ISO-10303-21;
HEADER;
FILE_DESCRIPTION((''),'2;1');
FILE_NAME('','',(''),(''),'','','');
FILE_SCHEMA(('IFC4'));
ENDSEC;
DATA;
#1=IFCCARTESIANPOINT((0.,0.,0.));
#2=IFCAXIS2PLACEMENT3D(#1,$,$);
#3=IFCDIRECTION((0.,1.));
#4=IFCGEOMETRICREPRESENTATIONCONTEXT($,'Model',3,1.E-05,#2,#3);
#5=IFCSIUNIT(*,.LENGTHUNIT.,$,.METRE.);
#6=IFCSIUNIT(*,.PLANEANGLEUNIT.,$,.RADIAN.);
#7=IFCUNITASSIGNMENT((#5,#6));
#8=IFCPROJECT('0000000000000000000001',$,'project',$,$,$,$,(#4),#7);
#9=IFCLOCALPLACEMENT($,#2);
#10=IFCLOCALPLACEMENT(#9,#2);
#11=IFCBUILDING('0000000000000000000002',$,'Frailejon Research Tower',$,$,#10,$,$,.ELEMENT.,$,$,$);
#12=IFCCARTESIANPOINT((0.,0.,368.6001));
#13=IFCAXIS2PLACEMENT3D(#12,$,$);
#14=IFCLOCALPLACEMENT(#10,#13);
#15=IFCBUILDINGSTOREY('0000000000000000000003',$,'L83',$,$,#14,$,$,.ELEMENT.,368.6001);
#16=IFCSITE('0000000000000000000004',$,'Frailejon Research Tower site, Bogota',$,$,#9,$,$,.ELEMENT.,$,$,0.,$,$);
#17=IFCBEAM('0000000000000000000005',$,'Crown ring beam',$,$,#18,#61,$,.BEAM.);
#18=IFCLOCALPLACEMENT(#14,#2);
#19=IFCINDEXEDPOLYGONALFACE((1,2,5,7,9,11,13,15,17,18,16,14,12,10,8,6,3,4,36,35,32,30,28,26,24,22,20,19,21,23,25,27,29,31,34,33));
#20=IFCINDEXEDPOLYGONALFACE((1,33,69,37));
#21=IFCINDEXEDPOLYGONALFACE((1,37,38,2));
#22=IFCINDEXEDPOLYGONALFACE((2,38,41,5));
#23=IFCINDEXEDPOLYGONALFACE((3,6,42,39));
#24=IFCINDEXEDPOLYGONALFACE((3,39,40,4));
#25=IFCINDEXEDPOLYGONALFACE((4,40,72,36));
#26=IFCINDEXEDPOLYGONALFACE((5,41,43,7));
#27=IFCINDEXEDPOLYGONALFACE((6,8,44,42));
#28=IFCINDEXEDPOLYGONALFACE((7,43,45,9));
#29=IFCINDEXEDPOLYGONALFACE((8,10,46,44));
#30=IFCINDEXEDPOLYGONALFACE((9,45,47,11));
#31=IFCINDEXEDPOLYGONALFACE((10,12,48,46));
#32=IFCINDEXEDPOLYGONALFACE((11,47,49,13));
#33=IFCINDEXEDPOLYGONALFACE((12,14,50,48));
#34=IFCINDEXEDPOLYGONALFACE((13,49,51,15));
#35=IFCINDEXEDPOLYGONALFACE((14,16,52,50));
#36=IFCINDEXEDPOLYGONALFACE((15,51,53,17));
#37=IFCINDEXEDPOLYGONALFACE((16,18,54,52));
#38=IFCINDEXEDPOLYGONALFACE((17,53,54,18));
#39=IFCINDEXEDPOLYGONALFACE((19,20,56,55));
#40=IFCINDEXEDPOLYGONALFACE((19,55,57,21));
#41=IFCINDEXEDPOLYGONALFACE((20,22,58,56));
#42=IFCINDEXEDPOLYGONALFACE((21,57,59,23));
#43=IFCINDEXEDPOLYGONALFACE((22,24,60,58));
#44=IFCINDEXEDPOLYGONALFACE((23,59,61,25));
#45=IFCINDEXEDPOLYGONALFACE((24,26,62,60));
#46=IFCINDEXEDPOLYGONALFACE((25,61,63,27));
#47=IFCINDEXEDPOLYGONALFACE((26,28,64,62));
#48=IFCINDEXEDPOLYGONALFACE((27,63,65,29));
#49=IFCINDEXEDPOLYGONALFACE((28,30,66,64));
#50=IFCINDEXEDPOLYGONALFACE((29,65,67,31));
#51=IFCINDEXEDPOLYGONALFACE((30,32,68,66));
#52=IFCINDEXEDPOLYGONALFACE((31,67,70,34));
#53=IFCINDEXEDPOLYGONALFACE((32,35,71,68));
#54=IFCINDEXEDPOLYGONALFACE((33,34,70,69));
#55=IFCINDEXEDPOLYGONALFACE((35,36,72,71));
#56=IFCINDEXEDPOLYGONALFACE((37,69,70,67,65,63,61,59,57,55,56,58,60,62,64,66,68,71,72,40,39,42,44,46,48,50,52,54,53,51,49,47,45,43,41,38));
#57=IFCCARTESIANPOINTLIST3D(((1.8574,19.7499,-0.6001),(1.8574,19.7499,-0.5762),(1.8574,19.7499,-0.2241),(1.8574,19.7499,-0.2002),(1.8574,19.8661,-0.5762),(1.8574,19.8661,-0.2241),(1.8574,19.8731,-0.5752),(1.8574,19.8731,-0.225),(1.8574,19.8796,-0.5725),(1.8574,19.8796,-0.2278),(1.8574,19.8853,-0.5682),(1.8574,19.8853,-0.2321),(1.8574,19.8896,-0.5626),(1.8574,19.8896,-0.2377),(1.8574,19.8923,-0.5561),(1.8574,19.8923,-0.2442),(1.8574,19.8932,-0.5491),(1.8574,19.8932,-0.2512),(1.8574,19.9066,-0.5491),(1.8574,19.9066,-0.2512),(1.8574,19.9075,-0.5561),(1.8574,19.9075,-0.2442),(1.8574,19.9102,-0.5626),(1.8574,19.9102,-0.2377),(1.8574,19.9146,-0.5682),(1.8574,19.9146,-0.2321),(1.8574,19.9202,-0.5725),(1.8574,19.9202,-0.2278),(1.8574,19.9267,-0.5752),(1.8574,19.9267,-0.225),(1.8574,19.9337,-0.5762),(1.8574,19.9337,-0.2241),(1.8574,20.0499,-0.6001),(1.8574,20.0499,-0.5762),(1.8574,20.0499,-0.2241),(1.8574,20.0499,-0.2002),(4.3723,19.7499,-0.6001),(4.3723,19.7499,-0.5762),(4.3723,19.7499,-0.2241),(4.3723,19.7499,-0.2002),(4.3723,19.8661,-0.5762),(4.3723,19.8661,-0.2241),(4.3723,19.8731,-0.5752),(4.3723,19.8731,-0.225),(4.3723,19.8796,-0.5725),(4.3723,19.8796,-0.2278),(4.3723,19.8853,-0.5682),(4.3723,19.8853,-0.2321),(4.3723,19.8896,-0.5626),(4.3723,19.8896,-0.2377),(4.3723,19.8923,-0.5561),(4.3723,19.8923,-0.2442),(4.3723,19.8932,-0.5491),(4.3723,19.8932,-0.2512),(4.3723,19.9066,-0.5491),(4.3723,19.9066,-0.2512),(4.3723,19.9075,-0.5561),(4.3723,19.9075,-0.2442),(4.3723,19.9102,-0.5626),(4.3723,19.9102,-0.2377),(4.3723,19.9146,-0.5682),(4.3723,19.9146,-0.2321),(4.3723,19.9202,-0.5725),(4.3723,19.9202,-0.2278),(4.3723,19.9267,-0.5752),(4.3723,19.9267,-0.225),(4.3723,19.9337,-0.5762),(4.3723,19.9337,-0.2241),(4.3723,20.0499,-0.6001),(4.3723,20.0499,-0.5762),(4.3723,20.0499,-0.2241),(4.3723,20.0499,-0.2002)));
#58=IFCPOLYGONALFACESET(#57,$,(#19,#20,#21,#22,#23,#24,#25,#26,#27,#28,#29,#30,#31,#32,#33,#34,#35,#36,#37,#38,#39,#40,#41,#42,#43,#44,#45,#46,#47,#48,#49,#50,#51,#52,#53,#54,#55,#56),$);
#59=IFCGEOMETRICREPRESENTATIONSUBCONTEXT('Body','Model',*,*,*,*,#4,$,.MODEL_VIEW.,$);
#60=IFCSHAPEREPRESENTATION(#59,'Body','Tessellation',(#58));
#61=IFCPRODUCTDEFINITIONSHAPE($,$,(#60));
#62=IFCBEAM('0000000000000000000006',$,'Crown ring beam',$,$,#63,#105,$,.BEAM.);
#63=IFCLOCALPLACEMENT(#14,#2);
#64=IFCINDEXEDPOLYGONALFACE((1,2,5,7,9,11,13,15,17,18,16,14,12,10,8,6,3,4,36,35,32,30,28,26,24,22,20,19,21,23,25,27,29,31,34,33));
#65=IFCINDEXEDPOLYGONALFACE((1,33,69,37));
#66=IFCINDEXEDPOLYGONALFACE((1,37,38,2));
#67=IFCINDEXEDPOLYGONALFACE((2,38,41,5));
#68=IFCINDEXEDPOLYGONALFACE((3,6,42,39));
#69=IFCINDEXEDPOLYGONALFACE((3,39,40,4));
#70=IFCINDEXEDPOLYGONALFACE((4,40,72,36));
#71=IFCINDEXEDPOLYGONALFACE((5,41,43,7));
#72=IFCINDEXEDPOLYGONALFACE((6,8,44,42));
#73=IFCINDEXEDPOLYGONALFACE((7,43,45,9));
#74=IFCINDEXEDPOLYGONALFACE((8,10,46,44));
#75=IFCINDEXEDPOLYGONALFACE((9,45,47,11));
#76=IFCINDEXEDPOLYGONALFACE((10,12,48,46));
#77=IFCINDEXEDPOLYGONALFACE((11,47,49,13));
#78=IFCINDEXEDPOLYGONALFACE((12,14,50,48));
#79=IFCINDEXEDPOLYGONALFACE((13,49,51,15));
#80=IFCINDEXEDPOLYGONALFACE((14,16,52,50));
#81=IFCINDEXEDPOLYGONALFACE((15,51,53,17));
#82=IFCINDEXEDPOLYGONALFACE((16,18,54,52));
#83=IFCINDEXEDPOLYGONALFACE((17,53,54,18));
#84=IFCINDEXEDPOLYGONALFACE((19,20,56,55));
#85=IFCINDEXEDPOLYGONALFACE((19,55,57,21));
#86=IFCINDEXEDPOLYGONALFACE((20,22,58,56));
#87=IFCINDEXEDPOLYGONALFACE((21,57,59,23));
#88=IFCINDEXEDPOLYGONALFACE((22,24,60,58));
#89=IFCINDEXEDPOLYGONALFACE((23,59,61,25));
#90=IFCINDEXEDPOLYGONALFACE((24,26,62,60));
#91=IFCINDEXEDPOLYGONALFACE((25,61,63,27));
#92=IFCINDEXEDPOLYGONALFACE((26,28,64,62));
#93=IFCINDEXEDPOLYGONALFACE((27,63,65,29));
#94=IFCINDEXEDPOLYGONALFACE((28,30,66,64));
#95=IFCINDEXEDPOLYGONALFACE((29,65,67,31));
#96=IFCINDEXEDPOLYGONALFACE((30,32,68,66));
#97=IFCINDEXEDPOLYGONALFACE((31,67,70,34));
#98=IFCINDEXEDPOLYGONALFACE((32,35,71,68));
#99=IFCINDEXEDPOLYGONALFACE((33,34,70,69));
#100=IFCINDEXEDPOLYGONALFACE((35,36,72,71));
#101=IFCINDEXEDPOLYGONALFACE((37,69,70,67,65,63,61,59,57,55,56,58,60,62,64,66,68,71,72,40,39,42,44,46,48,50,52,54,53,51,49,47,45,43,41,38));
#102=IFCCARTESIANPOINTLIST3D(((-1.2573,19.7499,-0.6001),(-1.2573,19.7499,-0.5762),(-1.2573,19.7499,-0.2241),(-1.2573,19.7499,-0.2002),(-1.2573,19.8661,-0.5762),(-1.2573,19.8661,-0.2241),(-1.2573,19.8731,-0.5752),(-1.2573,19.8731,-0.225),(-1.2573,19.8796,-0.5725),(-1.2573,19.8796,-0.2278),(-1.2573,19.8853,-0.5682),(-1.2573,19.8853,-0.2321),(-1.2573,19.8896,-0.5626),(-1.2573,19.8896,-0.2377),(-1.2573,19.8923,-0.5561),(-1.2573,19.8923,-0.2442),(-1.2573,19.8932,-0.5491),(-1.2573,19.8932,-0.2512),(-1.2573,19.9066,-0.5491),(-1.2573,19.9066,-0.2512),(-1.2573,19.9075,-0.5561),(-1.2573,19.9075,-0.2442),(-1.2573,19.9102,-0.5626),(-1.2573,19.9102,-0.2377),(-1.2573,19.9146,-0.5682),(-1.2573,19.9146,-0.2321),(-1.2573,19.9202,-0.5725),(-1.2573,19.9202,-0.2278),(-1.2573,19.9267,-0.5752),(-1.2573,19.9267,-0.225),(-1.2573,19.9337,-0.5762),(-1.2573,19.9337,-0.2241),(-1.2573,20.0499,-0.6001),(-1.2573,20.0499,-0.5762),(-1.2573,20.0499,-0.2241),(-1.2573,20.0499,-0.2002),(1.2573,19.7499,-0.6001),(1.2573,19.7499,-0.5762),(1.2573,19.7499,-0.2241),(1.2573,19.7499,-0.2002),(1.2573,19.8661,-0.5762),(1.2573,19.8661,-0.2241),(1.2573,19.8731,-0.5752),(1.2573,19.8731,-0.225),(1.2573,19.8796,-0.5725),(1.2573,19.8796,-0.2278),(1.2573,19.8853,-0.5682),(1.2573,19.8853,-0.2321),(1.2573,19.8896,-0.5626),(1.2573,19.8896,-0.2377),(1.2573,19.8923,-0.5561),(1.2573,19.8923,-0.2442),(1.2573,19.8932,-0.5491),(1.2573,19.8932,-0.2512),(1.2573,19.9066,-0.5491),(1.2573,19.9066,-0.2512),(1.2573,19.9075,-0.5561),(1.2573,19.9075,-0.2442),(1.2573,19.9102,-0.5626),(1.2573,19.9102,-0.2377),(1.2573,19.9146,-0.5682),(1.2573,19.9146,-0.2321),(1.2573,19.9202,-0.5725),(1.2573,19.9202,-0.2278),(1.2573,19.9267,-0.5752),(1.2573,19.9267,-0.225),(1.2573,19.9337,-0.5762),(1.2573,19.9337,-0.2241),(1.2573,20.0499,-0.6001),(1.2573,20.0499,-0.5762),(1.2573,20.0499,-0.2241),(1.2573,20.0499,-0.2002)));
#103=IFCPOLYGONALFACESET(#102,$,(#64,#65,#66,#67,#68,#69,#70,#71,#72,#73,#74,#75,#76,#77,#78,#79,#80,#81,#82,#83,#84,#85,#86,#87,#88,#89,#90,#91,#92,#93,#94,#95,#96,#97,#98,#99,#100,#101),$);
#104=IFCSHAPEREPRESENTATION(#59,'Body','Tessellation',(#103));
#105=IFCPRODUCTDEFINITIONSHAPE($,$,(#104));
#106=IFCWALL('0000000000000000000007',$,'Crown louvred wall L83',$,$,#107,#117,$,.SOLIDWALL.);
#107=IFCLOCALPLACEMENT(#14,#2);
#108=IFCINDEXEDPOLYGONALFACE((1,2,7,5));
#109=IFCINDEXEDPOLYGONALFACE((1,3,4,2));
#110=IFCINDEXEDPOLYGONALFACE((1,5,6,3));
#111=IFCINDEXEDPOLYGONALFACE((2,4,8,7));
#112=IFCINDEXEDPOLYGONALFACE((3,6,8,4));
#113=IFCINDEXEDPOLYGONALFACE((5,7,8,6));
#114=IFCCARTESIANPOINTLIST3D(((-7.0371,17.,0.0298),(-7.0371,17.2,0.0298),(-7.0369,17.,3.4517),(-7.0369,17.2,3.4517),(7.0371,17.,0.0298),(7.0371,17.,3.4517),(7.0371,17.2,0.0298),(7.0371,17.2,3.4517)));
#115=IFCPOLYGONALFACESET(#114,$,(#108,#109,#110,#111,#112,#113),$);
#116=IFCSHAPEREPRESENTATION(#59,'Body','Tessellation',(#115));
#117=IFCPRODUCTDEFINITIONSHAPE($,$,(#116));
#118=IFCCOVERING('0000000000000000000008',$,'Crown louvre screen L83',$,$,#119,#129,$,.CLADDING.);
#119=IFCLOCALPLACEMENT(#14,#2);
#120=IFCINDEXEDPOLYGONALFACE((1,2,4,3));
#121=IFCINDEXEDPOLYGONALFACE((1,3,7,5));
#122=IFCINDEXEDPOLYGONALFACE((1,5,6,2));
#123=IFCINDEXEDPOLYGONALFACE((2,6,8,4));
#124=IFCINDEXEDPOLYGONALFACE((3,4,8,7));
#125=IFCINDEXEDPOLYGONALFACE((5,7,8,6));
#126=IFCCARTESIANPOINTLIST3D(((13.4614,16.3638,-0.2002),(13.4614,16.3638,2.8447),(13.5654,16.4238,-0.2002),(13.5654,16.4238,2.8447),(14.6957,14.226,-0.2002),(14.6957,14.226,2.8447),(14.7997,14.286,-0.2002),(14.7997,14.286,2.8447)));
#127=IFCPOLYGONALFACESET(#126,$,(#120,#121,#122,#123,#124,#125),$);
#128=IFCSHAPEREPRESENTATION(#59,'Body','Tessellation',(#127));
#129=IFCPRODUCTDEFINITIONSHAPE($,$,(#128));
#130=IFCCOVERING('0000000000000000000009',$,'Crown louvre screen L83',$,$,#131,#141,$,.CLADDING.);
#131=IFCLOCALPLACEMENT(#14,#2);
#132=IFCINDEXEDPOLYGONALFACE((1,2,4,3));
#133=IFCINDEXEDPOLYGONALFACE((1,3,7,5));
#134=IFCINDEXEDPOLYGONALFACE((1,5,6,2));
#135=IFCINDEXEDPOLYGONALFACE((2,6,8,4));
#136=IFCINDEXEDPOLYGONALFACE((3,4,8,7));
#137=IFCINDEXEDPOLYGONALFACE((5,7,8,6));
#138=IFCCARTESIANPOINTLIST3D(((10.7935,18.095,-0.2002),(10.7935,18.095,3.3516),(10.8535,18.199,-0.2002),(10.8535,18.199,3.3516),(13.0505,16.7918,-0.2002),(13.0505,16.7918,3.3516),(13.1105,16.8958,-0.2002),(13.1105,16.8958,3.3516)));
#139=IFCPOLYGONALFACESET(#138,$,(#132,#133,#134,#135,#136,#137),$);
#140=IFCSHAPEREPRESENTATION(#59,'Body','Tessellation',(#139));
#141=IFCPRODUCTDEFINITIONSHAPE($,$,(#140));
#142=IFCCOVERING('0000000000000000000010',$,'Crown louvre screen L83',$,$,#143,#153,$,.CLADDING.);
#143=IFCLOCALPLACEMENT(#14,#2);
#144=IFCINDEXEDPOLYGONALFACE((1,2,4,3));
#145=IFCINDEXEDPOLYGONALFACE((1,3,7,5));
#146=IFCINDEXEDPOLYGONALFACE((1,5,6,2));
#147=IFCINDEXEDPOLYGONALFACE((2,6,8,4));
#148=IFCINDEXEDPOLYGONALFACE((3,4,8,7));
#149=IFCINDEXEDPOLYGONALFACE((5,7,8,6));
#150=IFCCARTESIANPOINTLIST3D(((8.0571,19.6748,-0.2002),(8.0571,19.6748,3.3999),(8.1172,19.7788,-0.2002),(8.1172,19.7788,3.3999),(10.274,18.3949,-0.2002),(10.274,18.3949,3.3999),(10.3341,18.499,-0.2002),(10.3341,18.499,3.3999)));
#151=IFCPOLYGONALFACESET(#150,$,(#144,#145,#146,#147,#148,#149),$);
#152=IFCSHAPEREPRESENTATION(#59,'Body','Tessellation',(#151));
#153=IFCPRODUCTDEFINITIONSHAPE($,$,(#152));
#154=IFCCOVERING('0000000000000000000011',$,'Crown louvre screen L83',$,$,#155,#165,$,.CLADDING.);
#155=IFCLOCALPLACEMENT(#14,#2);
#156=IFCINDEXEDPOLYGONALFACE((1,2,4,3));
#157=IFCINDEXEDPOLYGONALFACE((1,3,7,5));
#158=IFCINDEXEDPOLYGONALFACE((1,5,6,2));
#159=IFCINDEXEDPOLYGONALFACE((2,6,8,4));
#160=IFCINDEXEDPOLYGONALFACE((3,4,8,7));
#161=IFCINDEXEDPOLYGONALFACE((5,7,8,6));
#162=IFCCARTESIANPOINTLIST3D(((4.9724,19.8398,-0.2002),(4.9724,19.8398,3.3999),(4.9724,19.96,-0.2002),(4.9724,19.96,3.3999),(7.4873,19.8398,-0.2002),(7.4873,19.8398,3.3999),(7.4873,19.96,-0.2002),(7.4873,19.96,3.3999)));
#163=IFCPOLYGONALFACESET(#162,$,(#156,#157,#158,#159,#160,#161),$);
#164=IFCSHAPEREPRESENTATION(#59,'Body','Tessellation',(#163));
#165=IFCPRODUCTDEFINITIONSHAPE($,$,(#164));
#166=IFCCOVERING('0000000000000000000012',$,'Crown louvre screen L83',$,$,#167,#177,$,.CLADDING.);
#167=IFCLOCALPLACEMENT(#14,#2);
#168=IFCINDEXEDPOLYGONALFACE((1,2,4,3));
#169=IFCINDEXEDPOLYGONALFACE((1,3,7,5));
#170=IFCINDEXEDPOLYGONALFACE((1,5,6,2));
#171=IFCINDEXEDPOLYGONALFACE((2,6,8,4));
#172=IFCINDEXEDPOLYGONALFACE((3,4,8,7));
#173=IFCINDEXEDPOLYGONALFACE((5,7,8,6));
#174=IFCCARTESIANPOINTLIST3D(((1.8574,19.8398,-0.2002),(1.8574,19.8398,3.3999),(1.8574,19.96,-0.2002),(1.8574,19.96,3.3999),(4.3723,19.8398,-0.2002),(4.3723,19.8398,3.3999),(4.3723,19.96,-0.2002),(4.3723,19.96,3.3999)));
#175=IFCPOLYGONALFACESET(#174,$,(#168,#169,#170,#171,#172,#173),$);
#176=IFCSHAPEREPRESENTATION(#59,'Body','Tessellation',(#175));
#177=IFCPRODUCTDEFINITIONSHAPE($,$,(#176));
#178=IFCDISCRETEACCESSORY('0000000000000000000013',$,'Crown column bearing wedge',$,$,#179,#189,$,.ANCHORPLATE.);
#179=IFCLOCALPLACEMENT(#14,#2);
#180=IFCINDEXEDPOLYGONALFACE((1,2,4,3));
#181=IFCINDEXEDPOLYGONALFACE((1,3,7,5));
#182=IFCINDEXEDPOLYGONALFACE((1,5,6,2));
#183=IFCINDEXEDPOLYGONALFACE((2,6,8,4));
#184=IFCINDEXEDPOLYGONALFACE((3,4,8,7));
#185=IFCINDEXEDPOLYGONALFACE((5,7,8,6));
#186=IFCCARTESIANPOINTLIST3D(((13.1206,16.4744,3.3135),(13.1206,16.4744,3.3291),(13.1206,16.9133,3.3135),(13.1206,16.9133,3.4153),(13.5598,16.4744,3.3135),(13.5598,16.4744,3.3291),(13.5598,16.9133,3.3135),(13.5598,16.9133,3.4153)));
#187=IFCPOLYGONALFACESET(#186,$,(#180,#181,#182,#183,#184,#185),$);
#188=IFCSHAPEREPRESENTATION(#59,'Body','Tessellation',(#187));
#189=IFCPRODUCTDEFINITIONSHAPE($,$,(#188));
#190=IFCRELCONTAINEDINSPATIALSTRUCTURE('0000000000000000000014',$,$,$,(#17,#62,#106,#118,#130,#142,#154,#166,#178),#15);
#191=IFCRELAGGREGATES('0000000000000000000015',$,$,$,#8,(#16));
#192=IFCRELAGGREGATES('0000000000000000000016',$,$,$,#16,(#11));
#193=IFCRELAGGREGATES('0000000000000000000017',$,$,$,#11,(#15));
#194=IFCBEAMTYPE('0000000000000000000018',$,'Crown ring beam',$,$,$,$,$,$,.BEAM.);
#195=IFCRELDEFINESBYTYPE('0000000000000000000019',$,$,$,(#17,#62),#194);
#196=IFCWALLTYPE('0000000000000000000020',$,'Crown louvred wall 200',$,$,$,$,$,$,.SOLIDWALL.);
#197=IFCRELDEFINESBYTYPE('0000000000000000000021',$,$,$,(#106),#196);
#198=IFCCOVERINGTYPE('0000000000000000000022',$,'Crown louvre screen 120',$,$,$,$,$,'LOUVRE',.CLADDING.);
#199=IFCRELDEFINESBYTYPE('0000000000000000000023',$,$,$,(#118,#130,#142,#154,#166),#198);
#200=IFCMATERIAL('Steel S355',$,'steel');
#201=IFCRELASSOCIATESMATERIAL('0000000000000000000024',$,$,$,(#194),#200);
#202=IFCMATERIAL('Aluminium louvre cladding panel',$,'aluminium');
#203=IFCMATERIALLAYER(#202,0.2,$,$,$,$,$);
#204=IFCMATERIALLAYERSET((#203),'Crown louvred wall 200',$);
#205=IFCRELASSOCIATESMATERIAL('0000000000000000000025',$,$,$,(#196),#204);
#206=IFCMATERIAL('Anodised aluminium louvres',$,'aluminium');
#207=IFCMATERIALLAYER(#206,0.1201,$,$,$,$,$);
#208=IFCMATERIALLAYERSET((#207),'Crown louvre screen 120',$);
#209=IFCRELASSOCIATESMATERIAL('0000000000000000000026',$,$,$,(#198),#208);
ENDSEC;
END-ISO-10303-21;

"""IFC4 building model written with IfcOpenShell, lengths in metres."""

from ifc_helpers import new_model, si_unit, direction, frame, origin, origin_2d, place, context, subcontext, project, spatial, polyline, i_section, outline, extrude, material, layer, layer_set, material_profile, profile_set, type_object, element, save


model = new_model("IFC4")

# Units and contexts
model_context = context("Model", 3, precision=1e-05, world=origin(), true_north=direction((0.0, 1.0)))
body_context = subcontext(model_context, "Body", "Model", "MODEL_VIEW")
ifc_project = project(units=[si_unit("LENGTHUNIT", "METRE"), si_unit("PLANEANGLEUNIT", "RADIAN")], contexts=[model_context])

# Site, building, storey
site_placement = place(None, origin())
site = spatial("IfcSite", under=ifc_project, at=site_placement, Name="Frailejon Research Tower site, Bogota", CompositionType="ELEMENT", RefElevation=0.0)
building_placement = place(site_placement, origin())
building = spatial("IfcBuilding", under=site, at=building_placement, Name="Frailejon Research Tower", CompositionType="ELEMENT")
storey_placement = place(building_placement, frame((0.0, 0.0, 368.6001)))
storey = spatial("IfcBuildingStorey", under=building, at=storey_placement, Name="L83", CompositionType="ELEMENT", Elevation=368.6001)

# Beams
ifc_material_1 = material(Name="Steel S355", Category="steel")
ifc_material_profile_1 = material_profile(ifc_material_1, i_section(OverallWidth=0.3, OverallDepth=0.3999, WebThickness=0.0134, FlangeThickness=0.0239, FilletRadius=0.0271, at=origin_2d()), Name="HE 400 B")
ifc_profile_set_1 = profile_set([ifc_material_profile_1], Name="Steel S355")
beam_type_1 = type_object("IfcBeamType", Name="Crown ring beam", PredefinedType="BEAM", material=ifc_profile_set_1)
for number, where, z_axis, x_axis, name in (
    (1, (4.3723, 19.8999, -0.4001), (-1.0, 0.0, 0.0), (0.0, -1.0, 0.0), "Crown ring beam"),
):
    element("IfcBeam", number, at=place(storey_placement, frame(where, z_axis=z_axis, x_axis=x_axis)), inside=storey, type_object=beam_type_1, Name=name, PredefinedType="BEAM", context=body_context, shape_type="SweptSolid", body=[
        extrude(i_section(OverallWidth=0.3, OverallDepth=0.3999, WebThickness=0.0134, FlangeThickness=0.0239, FilletRadius=0.0271, at=origin_2d()), origin(), (0.0, 0.0, 1.0), 2.5149),
    ])
beam_1_placement = place(storey_placement, frame((1.2573, 19.8999, -0.4001), z_axis=(-1.0, 0.0, 0.0), x_axis=(0.0, -1.0, 0.0)))
element("IfcBeam", 2, at=beam_1_placement, inside=storey, type_object=beam_type_1, Name="Crown ring beam", PredefinedType="BEAM", context=body_context, shape_type="SweptSolid", body=[
    extrude(i_section(OverallWidth=0.3, OverallDepth=0.3999, WebThickness=0.0134, FlangeThickness=0.0239, FilletRadius=0.0271, at=origin_2d()), origin(), (0.0, 0.0, 1.0), 2.5146),
])

# Wall
ifc_material_2 = material(Name="Aluminium louvre cladding panel", Category="aluminium")
ifc_layer_1 = layer(ifc_material_2, 0.2)
ifc_layer_set_1 = layer_set([ifc_layer_1], Name="Crown louvred wall 200")
wall_type = type_object("IfcWallType", Name="Crown louvred wall 200", PredefinedType="SOLIDWALL", material=ifc_layer_set_1)
wall_placement = place(storey_placement, frame((7.0371, 17.1001, 0.0298), z_axis=(0.0, 0.0, 1.0), x_axis=(-1.0, 0.0, 0.0)))
element("IfcWall", 3, at=wall_placement, inside=storey, type_object=wall_type, Name="Crown louvred wall L83", PredefinedType="SOLIDWALL", context=body_context, shape_type="SweptSolid", body=[
    extrude(outline(polyline([(0.0, 0.0), (14.0742, 0.0), (14.074, 3.4219), (0.0, 3.4219), (0.0, 0.0)])), frame((0.0, 0.1001, 0.0), z_axis=(0.0, -1.0, 0.0), x_axis=(1.0, 0.0, 0.0)), (0.0, 0.0, 1.0), 0.2),
])

# Coverings
ifc_material_3 = material(Name="Anodised aluminium louvres", Category="aluminium")
ifc_layer_2 = layer(ifc_material_3, 0.1201)
ifc_layer_set_2 = layer_set([ifc_layer_2], Name="Crown louvre screen 120")
covering_type = type_object("IfcCoveringType", Name="Crown louvre screen 120", ElementType="LOUVRE", PredefinedType="CLADDING", material=ifc_layer_set_2)
covering_1_placement = place(storey_placement, frame((13.5134, 16.3938, -0.2002), z_axis=(0.499999, -0.866026, 0.0), x_axis=(0.866026, 0.499999, 0.0)))
element("IfcCovering", 4, at=covering_1_placement, inside=storey, type_object=covering_type, Name="Crown louvre screen L83", PredefinedType="CLADDING", context=body_context, shape_type="SweptSolid", body=[
    extrude(outline(polyline([(-0.0601, 0.0), (0.0601, 0.0), (0.0601, 3.0449), (-0.0601, 3.0449), (-0.0601, 0.0)])), origin(), (0.0, 0.0, 1.0), 2.4685),
])
covering_2_placement = place(storey_placement, frame((10.8235, 18.147, -0.2002), z_axis=(0.866012, -0.500022, 0.0), x_axis=(0.500022, 0.866012, 0.0)))
element("IfcCovering", 5, at=covering_2_placement, inside=storey, type_object=covering_type, Name="Crown louvre screen L83", PredefinedType="CLADDING", context=body_context, shape_type="SweptSolid", body=[
    extrude(outline(polyline([(-0.0601, 0.0), (0.0601, 0.0), (0.0601, 3.5518), (-0.0601, 3.5518), (-0.0601, 0.0)])), origin(), (0.0, 0.0, 1.0), 2.6062),
])
covering_3_placement = place(storey_placement, frame((8.0872, 19.7268, -0.2002), z_axis=(0.866037, -0.499979, 0.0), x_axis=(0.499979, 0.866037, 0.0)))
element("IfcCovering", 6, at=covering_3_placement, inside=storey, type_object=covering_type, Name="Crown louvre screen L83", PredefinedType="CLADDING", context=body_context, shape_type="SweptSolid", body=[
    extrude(outline(polyline([(-0.0601, 0.0), (0.0601, 0.0), (0.0601, 3.6001), (-0.0601, 3.6001), (-0.0601, 0.0)])), origin(), (0.0, 0.0, 1.0), 2.5598),
])
for number, where, z_axis, x_axis, name in (
    (7, (4.9724, 19.8999, -0.2002), (1.0, 0.0, 0.0), (0.0, 1.0, 0.0), "Crown louvre screen L83"),
    (8, (1.8574, 19.8999, -0.2002), (1.0, 0.0, 0.0), (0.0, 1.0, 0.0), "Crown louvre screen L83"),
):
    element("IfcCovering", number, at=place(storey_placement, frame(where, z_axis=z_axis, x_axis=x_axis)), inside=storey, type_object=covering_type, Name=name, PredefinedType="CLADDING", context=body_context, shape_type="SweptSolid", body=[
        extrude(outline(polyline([(-0.0601, 0.0), (0.0601, 0.0), (0.0601, 3.6001), (-0.0601, 3.6001), (-0.0601, 0.0)])), origin(), (0.0, 0.0, 1.0), 2.5149),
    ])

# Discrete accessory
discrete_accessory_1_placement = place(storey_placement, frame((13.1206, 16.6938, 3.3135), z_axis=(1.0, 0.0, 0.0), x_axis=(0.0, 1.0, 0.0)))
element("IfcDiscreteAccessory", 9, at=discrete_accessory_1_placement, inside=storey, Name="Crown column bearing wedge", PredefinedType="ANCHORPLATE", context=body_context, shape_type="SweptSolid", body=[
    extrude(outline(polyline([(-0.2195, 0.0), (0.2195, 0.0), (0.2195, 0.1018), (-0.2195, 0.0156), (-0.2195, 0.0)])), origin(), (0.0, 0.0, 1.0), 0.4392),
])

save(model, "model.ifc")
